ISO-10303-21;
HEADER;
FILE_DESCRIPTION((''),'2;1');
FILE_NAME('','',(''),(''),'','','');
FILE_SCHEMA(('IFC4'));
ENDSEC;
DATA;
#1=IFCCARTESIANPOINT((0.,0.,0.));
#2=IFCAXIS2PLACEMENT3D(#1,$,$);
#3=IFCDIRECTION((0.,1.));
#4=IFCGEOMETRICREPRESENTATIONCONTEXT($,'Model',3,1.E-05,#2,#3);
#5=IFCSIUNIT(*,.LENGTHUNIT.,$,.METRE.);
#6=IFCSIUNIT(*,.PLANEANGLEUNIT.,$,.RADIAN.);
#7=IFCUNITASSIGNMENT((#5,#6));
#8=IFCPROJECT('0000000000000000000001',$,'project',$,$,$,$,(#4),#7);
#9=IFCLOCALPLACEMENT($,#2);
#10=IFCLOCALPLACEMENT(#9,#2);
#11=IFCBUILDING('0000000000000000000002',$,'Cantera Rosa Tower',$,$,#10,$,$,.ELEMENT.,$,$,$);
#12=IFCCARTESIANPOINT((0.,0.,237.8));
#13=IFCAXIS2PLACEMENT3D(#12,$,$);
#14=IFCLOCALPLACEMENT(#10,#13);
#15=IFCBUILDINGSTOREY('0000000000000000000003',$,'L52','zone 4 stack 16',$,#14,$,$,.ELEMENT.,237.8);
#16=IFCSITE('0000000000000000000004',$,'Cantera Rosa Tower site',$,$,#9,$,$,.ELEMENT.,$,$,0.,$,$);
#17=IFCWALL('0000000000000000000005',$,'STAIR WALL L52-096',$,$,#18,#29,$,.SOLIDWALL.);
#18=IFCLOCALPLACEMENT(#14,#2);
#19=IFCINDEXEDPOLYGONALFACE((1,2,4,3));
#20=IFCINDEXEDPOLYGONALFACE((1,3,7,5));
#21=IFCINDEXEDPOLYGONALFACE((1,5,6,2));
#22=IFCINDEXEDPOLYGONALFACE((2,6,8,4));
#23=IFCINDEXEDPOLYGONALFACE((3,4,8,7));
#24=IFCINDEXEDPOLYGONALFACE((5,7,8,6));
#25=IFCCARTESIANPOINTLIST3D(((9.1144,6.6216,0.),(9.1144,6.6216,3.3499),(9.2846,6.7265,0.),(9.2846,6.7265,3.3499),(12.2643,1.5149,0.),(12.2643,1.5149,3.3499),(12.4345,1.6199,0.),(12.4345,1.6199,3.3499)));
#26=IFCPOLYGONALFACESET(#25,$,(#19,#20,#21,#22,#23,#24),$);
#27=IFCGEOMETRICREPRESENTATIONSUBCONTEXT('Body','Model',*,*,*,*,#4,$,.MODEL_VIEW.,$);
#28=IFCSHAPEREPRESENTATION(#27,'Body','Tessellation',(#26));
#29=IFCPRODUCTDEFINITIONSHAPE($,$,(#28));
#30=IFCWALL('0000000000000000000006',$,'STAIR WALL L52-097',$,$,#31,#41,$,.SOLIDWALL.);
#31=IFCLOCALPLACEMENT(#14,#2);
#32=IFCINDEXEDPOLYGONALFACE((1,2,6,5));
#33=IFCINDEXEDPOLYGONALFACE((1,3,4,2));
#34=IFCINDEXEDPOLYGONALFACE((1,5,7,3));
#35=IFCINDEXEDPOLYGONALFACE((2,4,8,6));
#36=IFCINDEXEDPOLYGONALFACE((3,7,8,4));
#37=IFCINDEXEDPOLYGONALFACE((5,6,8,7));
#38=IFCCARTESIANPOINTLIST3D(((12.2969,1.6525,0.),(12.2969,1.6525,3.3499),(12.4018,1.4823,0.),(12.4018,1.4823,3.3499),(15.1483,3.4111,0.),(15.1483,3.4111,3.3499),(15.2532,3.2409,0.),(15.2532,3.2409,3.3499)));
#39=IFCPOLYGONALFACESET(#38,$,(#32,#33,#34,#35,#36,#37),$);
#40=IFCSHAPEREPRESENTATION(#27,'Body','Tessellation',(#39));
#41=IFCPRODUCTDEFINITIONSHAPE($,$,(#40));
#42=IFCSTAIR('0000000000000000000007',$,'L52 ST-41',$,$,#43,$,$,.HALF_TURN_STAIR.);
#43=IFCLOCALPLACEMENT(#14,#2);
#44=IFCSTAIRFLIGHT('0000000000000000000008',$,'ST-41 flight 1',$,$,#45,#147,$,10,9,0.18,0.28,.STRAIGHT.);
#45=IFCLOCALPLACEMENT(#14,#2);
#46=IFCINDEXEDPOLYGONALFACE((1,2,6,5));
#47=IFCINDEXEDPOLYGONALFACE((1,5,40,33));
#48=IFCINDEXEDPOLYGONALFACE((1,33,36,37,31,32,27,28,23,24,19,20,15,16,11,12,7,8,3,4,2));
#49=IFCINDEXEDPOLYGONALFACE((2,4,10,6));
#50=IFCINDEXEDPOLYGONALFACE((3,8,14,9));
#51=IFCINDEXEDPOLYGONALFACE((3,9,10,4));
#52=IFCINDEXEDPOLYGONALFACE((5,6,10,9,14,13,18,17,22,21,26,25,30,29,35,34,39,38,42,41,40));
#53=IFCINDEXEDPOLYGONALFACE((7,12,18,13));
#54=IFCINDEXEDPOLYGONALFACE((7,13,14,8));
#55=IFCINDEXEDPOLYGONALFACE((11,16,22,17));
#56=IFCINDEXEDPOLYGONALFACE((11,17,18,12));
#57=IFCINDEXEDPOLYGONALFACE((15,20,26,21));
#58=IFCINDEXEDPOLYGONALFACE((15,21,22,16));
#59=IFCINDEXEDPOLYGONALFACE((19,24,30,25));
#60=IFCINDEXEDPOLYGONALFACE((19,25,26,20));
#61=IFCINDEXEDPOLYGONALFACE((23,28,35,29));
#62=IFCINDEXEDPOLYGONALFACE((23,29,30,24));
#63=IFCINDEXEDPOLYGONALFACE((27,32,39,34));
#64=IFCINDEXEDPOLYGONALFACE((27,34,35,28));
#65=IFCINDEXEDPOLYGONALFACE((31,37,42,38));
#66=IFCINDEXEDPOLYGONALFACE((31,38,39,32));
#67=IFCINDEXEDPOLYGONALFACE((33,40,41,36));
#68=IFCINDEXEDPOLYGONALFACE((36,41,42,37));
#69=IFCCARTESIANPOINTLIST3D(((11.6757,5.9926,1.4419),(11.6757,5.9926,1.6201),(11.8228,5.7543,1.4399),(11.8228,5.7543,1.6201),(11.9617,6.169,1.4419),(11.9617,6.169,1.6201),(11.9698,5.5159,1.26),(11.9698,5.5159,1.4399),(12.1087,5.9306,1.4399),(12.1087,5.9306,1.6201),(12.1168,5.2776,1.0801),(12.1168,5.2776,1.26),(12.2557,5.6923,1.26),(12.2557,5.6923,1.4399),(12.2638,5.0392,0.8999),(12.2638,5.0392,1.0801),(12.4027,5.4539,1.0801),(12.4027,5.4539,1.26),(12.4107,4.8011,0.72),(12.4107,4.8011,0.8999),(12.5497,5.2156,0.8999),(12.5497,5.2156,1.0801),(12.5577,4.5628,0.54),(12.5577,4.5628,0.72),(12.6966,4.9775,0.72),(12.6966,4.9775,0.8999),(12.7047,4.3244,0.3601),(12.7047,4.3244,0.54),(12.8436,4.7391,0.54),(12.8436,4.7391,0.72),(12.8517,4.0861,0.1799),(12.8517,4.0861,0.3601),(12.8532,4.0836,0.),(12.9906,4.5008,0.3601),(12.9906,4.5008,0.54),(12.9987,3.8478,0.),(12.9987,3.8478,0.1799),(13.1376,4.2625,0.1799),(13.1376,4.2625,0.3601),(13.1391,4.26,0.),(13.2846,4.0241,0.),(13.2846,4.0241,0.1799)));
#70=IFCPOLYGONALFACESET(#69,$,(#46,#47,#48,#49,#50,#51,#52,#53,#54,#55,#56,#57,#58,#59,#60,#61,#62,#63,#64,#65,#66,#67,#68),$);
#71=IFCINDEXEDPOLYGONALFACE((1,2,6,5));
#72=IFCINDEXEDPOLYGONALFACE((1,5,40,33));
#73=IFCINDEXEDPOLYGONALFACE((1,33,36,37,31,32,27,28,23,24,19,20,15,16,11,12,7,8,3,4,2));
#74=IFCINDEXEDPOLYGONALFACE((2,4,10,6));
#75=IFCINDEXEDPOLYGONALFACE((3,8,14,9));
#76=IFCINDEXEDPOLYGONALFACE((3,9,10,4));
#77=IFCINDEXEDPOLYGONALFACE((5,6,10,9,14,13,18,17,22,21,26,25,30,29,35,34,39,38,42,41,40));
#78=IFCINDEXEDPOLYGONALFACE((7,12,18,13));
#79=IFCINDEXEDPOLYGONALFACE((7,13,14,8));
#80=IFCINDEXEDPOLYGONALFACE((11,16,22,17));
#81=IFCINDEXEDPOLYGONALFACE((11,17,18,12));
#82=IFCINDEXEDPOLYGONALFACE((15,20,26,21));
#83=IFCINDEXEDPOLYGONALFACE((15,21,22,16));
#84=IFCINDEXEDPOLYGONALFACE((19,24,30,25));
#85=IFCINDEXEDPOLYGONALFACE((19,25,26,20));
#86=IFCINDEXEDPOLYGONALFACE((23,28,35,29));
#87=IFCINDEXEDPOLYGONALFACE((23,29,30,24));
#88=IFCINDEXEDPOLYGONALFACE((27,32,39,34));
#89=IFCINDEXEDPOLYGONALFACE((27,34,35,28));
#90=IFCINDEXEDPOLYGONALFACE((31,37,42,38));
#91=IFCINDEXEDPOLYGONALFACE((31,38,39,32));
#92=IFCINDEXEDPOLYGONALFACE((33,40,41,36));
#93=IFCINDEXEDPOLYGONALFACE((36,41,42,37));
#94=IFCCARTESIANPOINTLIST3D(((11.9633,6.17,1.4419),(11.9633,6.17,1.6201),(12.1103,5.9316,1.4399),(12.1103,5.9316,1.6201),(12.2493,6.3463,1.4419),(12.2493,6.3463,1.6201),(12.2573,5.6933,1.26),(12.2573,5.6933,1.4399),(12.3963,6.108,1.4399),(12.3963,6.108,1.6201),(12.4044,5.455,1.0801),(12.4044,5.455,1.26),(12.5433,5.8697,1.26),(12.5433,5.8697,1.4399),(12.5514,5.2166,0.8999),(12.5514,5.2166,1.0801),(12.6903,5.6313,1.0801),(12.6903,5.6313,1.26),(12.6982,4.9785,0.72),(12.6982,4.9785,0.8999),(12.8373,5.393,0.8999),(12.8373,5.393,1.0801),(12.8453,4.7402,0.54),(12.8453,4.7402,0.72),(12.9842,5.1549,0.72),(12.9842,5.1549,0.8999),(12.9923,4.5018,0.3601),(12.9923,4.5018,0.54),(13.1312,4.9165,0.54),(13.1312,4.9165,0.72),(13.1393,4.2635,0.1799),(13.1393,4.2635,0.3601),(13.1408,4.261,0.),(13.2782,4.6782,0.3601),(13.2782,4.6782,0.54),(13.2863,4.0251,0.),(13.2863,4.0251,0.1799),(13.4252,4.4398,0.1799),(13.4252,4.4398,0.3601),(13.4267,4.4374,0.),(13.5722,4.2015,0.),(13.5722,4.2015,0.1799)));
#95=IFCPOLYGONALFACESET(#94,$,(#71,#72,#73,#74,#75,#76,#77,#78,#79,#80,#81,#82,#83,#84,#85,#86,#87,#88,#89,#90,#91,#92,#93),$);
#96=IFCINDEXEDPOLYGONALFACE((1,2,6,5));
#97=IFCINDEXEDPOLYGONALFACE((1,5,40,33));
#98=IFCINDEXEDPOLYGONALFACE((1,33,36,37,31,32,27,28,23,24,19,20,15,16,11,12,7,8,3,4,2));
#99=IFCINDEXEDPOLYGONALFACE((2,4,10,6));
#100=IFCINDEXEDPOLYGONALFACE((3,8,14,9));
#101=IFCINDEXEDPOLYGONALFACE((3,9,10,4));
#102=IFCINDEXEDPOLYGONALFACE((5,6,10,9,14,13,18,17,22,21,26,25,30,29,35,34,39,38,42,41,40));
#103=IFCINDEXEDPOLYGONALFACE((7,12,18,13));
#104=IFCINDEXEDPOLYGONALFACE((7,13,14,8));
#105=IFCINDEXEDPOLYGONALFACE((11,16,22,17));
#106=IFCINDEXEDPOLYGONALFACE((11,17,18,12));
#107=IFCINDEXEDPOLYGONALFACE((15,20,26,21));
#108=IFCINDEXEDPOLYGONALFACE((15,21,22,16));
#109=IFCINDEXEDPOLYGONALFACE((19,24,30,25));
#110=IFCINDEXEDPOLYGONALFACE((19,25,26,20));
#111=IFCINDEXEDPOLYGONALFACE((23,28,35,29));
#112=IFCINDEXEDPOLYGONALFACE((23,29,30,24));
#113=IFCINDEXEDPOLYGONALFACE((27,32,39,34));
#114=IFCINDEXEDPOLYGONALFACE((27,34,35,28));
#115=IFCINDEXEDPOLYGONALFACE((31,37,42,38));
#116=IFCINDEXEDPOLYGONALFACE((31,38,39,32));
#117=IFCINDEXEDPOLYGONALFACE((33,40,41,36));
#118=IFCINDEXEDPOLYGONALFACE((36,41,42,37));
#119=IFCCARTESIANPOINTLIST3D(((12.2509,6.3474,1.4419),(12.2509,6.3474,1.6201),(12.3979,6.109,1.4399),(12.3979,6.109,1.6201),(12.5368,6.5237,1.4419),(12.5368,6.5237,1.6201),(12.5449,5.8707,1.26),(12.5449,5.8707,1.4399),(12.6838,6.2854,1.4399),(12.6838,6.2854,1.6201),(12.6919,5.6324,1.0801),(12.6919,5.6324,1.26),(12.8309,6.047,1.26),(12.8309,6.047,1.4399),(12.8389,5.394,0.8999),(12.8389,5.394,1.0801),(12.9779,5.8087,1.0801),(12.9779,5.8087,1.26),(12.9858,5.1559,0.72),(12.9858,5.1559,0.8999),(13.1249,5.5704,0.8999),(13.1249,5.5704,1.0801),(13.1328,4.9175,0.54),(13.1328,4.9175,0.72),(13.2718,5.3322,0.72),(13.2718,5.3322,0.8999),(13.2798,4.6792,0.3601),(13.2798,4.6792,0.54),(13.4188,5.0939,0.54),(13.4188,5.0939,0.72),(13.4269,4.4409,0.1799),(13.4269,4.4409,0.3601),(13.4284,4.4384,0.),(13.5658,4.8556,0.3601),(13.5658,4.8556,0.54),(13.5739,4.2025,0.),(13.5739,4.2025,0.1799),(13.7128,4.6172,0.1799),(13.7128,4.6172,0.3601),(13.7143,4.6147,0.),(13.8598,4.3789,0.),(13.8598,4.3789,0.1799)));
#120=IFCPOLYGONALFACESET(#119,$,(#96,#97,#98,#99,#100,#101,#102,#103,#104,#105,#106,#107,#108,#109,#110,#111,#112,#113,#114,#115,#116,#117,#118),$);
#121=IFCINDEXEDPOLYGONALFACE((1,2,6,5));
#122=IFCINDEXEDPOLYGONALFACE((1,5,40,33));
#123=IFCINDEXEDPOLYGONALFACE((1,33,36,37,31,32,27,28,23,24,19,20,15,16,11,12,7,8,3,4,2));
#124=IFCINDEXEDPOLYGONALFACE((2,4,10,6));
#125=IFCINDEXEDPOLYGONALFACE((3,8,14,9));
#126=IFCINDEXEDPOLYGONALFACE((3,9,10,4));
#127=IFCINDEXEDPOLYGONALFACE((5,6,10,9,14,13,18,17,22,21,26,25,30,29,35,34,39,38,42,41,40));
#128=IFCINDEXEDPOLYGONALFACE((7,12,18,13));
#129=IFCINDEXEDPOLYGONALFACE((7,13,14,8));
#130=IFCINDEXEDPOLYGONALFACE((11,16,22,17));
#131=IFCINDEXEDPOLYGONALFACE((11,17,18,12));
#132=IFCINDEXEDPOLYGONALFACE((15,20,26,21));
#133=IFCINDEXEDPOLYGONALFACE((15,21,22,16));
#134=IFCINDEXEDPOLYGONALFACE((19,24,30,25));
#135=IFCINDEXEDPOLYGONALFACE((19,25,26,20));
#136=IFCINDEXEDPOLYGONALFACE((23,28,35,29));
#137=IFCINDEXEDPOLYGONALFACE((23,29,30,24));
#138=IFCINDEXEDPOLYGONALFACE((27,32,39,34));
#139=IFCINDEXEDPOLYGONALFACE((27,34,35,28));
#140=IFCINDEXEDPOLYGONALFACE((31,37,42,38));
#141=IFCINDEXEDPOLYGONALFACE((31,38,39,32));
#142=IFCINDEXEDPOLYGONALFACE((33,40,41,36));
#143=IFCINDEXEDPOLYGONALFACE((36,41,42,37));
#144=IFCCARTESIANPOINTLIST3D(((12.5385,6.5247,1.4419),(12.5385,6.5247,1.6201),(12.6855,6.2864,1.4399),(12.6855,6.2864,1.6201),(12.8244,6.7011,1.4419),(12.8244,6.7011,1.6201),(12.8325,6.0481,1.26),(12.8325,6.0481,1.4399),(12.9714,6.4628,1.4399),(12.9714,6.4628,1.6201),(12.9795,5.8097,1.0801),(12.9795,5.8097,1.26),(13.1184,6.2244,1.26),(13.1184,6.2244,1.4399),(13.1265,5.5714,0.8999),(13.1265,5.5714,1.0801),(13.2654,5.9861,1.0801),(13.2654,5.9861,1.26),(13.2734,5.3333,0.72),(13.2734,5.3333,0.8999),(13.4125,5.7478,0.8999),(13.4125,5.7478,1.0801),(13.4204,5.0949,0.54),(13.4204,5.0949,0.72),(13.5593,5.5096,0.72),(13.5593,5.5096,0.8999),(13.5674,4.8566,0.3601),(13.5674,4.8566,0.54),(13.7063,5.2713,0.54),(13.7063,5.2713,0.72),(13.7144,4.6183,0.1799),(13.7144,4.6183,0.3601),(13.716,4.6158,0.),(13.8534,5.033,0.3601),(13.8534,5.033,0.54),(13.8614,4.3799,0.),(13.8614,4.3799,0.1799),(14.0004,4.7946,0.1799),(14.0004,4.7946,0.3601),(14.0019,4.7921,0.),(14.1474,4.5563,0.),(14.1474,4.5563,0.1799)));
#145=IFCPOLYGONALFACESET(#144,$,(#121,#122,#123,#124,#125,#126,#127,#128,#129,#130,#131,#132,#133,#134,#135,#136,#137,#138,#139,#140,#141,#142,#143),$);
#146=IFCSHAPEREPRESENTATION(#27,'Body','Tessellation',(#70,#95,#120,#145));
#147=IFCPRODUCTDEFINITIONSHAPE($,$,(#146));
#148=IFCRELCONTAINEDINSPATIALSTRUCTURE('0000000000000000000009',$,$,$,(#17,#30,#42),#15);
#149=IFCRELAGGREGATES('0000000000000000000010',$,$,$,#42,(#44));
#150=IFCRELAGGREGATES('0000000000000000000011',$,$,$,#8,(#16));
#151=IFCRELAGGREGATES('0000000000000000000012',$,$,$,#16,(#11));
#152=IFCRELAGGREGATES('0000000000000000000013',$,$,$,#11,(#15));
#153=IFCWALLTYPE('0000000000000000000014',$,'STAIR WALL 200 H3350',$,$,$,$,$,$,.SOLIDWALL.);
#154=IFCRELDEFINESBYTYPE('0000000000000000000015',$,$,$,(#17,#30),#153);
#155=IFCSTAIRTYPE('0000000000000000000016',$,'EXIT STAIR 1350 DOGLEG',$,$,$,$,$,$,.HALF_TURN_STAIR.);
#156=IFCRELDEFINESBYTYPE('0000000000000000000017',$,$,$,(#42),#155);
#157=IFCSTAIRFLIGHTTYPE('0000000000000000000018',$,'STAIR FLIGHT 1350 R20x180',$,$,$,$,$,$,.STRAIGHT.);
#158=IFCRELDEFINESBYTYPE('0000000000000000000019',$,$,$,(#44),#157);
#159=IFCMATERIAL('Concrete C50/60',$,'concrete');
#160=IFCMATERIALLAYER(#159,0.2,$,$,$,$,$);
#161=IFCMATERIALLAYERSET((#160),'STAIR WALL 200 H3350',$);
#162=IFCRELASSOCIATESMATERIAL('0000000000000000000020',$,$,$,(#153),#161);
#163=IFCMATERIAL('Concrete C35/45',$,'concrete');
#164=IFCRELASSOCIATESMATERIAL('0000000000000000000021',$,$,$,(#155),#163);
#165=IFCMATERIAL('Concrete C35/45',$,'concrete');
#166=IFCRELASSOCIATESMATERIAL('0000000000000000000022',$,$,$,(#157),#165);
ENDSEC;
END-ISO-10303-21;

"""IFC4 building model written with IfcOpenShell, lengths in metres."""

from ifc_helpers import new_model, si_unit, direction, frame, frame_2d, origin, place, context, subcontext, project, spatial, polyline, rectangle, outline, extrude, material, layer, layer_set, type_object, element, aggregate, save


model = new_model("IFC4")

# Units and contexts
model_context = context("Model", 3, precision=1e-05, world=origin(), true_north=direction((0.0, 1.0)))
body_context = subcontext(model_context, "Body", "Model", "MODEL_VIEW")
ifc_project = project(units=[si_unit("LENGTHUNIT", "METRE"), si_unit("PLANEANGLEUNIT", "RADIAN")], contexts=[model_context])

# Site, building, storey
site_placement = place(None, origin())
site = spatial("IfcSite", under=ifc_project, at=site_placement, Name="Cantera Rosa Tower site", CompositionType="ELEMENT", RefElevation=0.0)
building_placement = place(site_placement, origin())
building = spatial("IfcBuilding", under=site, at=building_placement, Name="Cantera Rosa Tower", CompositionType="ELEMENT")
storey_placement = place(building_placement, frame((0.0, 0.0, 237.8)))
storey = spatial("IfcBuildingStorey", under=building, at=storey_placement, Name="L52", Description="zone 4 stack 16", CompositionType="ELEMENT", Elevation=237.8)

# Shared definitions
ifc_material_1 = material(Name="Concrete C50/60", Category="concrete")
ifc_layer_1 = layer(ifc_material_1, 0.2)
ifc_layer_set_1 = layer_set([ifc_layer_1], Name="STAIR WALL 200 H3350")
wall_type_1 = type_object("IfcWallType", Name="STAIR WALL 200 H3350", PredefinedType="SOLIDWALL", material=ifc_layer_set_1)

# Walls
wall_1_placement = place(storey_placement, frame((12.3494, 1.5674, 0.0), z_axis=(0.0, 0.0, 1.0), x_axis=(-0.524983, 0.851113, 0.0)))
element("IfcWall", 1, at=wall_1_placement, inside=storey, type_object=wall_type_1, Name="STAIR WALL L52-096", PredefinedType="SOLIDWALL", context=body_context, shape_type="SweptSolid", body=[
    extrude(rectangle(XDim=6.0, YDim=0.2, at=frame_2d((3.0, 0.0))), origin(), (0.0, 0.0, 1.0), 3.3499),
])
wall_2_placement = place(storey_placement, frame((12.3494, 1.5674, 0.0), z_axis=(0.0, 0.0, 1.0), x_axis=(0.85114, 0.524939, 0.0)))
element("IfcWall", 2, at=wall_2_placement, inside=storey, type_object=wall_type_1, Name="STAIR WALL L52-097", PredefinedType="SOLIDWALL", context=body_context, shape_type="SweptSolid", body=[
    extrude(rectangle(XDim=3.3501, YDim=0.2, at=frame_2d((1.675, 0.0))), origin(), (0.0, 0.0, 1.0), 3.3499),
])

# Stair, stair flight
ifc_material_2 = material(Name="Concrete C35/45", Category="concrete")
stair_type = type_object("IfcStairType", Name="EXIT STAIR 1350 DOGLEG", PredefinedType="HALF_TURN_STAIR", material=ifc_material_2)
stair_placement = place(storey_placement, origin())
stair = element("IfcStair", 3, at=stair_placement, inside=storey, type_object=stair_type, Name="L52 ST-41", PredefinedType="HALF_TURN_STAIR")
ifc_material_3 = material(Name="Concrete C35/45", Category="concrete")
stair_flight_type = type_object("IfcStairFlightType", Name="STAIR FLIGHT 1350 R20x180", PredefinedType="STRAIGHT", material=ifc_material_3)
stair_flight_1_placement = place(storey_placement, frame((13.5732, 4.2021, 0.0), z_axis=(0.0, 0.0, 1.0), x_axis=(-0.524977, 0.851117, 0.0)))
stair_flight_1 = element("IfcStairFlight", 4, at=stair_flight_1_placement, type_object=stair_flight_type, Name="ST-41 flight 1", NumberOfRisers=10, NumberOfTreads=9, PredefinedType="STRAIGHT", RiserHeight=0.18, TreadLength=0.28, context=body_context, shape_type="SweptSolid", body=[
    extrude(outline(polyline([(0.0, 0.0), (0.0, 0.1799), (0.28, 0.1799), (0.28, 0.3601), (0.5601, 0.3601), (0.5601, 0.54), (0.8401, 0.54), (0.8401, 0.72), (1.1201, 0.72), (1.1201, 0.8999), (1.3999, 0.8999), (1.3999, 1.0801), (1.6799, 1.0801), (1.6799, 1.26), (1.96, 1.26), (1.96, 1.4399), (2.24, 1.4399), (2.24, 1.6201), (2.52, 1.6201), (2.52, 1.8), (2.52, 1.4419), (0.2771, 0.0), (0.0, 0.0)])), frame((0.0, 0.675, 0.0), z_axis=(0.0, -1.0, 0.0), x_axis=(1.0, 0.0, 0.0)), (0.0, 0.0, 1.0), 0.3359),
    extrude(outline(polyline([(0.0, 0.0), (0.0, 0.1799), (0.28, 0.1799), (0.28, 0.3601), (0.5601, 0.3601), (0.5601, 0.54), (0.8401, 0.54), (0.8401, 0.72), (1.1201, 0.72), (1.1201, 0.8999), (1.3999, 0.8999), (1.3999, 1.0801), (1.6799, 1.0801), (1.6799, 1.26), (1.96, 1.26), (1.96, 1.4399), (2.24, 1.4399), (2.24, 1.6201), (2.52, 1.6201), (2.52, 1.8), (2.52, 1.4419), (0.2771, 0.0), (0.0, 0.0)])), frame((0.0, 0.3372, 0.0), z_axis=(0.0, -1.0, 0.0), x_axis=(1.0, 0.0, 0.0)), (0.0, 0.0, 1.0), 0.3359),
    extrude(outline(polyline([(0.0, 0.0), (0.0, 0.1799), (0.28, 0.1799), (0.28, 0.3601), (0.5601, 0.3601), (0.5601, 0.54), (0.8401, 0.54), (0.8401, 0.72), (1.1201, 0.72), (1.1201, 0.8999), (1.3999, 0.8999), (1.3999, 1.0801), (1.6799, 1.0801), (1.6799, 1.26), (1.96, 1.26), (1.96, 1.4399), (2.24, 1.4399), (2.24, 1.6201), (2.52, 1.6201), (2.52, 1.8), (2.52, 1.4419), (0.2771, 0.0), (0.0, 0.0)])), frame((0.0, -0.0007, 0.0), z_axis=(0.0, -1.0, 0.0), x_axis=(1.0, 0.0, 0.0)), (0.0, 0.0, 1.0), 0.3359),
    extrude(outline(polyline([(0.0, 0.0), (0.0, 0.1799), (0.28, 0.1799), (0.28, 0.3601), (0.5601, 0.3601), (0.5601, 0.54), (0.8401, 0.54), (0.8401, 0.72), (1.1201, 0.72), (1.1201, 0.8999), (1.3999, 0.8999), (1.3999, 1.0801), (1.6799, 1.0801), (1.6799, 1.26), (1.96, 1.26), (1.96, 1.4399), (2.24, 1.4399), (2.24, 1.6201), (2.52, 1.6201), (2.52, 1.8), (2.52, 1.4419), (0.2771, 0.0), (0.0, 0.0)])), frame((0.0, -0.3386, 0.0), z_axis=(0.0, -1.0, 0.0), x_axis=(1.0, 0.0, 0.0)), (0.0, 0.0, 1.0), 0.3359),
])
aggregate(stair, [stair_flight_1])

save(model, "model.ifc")
